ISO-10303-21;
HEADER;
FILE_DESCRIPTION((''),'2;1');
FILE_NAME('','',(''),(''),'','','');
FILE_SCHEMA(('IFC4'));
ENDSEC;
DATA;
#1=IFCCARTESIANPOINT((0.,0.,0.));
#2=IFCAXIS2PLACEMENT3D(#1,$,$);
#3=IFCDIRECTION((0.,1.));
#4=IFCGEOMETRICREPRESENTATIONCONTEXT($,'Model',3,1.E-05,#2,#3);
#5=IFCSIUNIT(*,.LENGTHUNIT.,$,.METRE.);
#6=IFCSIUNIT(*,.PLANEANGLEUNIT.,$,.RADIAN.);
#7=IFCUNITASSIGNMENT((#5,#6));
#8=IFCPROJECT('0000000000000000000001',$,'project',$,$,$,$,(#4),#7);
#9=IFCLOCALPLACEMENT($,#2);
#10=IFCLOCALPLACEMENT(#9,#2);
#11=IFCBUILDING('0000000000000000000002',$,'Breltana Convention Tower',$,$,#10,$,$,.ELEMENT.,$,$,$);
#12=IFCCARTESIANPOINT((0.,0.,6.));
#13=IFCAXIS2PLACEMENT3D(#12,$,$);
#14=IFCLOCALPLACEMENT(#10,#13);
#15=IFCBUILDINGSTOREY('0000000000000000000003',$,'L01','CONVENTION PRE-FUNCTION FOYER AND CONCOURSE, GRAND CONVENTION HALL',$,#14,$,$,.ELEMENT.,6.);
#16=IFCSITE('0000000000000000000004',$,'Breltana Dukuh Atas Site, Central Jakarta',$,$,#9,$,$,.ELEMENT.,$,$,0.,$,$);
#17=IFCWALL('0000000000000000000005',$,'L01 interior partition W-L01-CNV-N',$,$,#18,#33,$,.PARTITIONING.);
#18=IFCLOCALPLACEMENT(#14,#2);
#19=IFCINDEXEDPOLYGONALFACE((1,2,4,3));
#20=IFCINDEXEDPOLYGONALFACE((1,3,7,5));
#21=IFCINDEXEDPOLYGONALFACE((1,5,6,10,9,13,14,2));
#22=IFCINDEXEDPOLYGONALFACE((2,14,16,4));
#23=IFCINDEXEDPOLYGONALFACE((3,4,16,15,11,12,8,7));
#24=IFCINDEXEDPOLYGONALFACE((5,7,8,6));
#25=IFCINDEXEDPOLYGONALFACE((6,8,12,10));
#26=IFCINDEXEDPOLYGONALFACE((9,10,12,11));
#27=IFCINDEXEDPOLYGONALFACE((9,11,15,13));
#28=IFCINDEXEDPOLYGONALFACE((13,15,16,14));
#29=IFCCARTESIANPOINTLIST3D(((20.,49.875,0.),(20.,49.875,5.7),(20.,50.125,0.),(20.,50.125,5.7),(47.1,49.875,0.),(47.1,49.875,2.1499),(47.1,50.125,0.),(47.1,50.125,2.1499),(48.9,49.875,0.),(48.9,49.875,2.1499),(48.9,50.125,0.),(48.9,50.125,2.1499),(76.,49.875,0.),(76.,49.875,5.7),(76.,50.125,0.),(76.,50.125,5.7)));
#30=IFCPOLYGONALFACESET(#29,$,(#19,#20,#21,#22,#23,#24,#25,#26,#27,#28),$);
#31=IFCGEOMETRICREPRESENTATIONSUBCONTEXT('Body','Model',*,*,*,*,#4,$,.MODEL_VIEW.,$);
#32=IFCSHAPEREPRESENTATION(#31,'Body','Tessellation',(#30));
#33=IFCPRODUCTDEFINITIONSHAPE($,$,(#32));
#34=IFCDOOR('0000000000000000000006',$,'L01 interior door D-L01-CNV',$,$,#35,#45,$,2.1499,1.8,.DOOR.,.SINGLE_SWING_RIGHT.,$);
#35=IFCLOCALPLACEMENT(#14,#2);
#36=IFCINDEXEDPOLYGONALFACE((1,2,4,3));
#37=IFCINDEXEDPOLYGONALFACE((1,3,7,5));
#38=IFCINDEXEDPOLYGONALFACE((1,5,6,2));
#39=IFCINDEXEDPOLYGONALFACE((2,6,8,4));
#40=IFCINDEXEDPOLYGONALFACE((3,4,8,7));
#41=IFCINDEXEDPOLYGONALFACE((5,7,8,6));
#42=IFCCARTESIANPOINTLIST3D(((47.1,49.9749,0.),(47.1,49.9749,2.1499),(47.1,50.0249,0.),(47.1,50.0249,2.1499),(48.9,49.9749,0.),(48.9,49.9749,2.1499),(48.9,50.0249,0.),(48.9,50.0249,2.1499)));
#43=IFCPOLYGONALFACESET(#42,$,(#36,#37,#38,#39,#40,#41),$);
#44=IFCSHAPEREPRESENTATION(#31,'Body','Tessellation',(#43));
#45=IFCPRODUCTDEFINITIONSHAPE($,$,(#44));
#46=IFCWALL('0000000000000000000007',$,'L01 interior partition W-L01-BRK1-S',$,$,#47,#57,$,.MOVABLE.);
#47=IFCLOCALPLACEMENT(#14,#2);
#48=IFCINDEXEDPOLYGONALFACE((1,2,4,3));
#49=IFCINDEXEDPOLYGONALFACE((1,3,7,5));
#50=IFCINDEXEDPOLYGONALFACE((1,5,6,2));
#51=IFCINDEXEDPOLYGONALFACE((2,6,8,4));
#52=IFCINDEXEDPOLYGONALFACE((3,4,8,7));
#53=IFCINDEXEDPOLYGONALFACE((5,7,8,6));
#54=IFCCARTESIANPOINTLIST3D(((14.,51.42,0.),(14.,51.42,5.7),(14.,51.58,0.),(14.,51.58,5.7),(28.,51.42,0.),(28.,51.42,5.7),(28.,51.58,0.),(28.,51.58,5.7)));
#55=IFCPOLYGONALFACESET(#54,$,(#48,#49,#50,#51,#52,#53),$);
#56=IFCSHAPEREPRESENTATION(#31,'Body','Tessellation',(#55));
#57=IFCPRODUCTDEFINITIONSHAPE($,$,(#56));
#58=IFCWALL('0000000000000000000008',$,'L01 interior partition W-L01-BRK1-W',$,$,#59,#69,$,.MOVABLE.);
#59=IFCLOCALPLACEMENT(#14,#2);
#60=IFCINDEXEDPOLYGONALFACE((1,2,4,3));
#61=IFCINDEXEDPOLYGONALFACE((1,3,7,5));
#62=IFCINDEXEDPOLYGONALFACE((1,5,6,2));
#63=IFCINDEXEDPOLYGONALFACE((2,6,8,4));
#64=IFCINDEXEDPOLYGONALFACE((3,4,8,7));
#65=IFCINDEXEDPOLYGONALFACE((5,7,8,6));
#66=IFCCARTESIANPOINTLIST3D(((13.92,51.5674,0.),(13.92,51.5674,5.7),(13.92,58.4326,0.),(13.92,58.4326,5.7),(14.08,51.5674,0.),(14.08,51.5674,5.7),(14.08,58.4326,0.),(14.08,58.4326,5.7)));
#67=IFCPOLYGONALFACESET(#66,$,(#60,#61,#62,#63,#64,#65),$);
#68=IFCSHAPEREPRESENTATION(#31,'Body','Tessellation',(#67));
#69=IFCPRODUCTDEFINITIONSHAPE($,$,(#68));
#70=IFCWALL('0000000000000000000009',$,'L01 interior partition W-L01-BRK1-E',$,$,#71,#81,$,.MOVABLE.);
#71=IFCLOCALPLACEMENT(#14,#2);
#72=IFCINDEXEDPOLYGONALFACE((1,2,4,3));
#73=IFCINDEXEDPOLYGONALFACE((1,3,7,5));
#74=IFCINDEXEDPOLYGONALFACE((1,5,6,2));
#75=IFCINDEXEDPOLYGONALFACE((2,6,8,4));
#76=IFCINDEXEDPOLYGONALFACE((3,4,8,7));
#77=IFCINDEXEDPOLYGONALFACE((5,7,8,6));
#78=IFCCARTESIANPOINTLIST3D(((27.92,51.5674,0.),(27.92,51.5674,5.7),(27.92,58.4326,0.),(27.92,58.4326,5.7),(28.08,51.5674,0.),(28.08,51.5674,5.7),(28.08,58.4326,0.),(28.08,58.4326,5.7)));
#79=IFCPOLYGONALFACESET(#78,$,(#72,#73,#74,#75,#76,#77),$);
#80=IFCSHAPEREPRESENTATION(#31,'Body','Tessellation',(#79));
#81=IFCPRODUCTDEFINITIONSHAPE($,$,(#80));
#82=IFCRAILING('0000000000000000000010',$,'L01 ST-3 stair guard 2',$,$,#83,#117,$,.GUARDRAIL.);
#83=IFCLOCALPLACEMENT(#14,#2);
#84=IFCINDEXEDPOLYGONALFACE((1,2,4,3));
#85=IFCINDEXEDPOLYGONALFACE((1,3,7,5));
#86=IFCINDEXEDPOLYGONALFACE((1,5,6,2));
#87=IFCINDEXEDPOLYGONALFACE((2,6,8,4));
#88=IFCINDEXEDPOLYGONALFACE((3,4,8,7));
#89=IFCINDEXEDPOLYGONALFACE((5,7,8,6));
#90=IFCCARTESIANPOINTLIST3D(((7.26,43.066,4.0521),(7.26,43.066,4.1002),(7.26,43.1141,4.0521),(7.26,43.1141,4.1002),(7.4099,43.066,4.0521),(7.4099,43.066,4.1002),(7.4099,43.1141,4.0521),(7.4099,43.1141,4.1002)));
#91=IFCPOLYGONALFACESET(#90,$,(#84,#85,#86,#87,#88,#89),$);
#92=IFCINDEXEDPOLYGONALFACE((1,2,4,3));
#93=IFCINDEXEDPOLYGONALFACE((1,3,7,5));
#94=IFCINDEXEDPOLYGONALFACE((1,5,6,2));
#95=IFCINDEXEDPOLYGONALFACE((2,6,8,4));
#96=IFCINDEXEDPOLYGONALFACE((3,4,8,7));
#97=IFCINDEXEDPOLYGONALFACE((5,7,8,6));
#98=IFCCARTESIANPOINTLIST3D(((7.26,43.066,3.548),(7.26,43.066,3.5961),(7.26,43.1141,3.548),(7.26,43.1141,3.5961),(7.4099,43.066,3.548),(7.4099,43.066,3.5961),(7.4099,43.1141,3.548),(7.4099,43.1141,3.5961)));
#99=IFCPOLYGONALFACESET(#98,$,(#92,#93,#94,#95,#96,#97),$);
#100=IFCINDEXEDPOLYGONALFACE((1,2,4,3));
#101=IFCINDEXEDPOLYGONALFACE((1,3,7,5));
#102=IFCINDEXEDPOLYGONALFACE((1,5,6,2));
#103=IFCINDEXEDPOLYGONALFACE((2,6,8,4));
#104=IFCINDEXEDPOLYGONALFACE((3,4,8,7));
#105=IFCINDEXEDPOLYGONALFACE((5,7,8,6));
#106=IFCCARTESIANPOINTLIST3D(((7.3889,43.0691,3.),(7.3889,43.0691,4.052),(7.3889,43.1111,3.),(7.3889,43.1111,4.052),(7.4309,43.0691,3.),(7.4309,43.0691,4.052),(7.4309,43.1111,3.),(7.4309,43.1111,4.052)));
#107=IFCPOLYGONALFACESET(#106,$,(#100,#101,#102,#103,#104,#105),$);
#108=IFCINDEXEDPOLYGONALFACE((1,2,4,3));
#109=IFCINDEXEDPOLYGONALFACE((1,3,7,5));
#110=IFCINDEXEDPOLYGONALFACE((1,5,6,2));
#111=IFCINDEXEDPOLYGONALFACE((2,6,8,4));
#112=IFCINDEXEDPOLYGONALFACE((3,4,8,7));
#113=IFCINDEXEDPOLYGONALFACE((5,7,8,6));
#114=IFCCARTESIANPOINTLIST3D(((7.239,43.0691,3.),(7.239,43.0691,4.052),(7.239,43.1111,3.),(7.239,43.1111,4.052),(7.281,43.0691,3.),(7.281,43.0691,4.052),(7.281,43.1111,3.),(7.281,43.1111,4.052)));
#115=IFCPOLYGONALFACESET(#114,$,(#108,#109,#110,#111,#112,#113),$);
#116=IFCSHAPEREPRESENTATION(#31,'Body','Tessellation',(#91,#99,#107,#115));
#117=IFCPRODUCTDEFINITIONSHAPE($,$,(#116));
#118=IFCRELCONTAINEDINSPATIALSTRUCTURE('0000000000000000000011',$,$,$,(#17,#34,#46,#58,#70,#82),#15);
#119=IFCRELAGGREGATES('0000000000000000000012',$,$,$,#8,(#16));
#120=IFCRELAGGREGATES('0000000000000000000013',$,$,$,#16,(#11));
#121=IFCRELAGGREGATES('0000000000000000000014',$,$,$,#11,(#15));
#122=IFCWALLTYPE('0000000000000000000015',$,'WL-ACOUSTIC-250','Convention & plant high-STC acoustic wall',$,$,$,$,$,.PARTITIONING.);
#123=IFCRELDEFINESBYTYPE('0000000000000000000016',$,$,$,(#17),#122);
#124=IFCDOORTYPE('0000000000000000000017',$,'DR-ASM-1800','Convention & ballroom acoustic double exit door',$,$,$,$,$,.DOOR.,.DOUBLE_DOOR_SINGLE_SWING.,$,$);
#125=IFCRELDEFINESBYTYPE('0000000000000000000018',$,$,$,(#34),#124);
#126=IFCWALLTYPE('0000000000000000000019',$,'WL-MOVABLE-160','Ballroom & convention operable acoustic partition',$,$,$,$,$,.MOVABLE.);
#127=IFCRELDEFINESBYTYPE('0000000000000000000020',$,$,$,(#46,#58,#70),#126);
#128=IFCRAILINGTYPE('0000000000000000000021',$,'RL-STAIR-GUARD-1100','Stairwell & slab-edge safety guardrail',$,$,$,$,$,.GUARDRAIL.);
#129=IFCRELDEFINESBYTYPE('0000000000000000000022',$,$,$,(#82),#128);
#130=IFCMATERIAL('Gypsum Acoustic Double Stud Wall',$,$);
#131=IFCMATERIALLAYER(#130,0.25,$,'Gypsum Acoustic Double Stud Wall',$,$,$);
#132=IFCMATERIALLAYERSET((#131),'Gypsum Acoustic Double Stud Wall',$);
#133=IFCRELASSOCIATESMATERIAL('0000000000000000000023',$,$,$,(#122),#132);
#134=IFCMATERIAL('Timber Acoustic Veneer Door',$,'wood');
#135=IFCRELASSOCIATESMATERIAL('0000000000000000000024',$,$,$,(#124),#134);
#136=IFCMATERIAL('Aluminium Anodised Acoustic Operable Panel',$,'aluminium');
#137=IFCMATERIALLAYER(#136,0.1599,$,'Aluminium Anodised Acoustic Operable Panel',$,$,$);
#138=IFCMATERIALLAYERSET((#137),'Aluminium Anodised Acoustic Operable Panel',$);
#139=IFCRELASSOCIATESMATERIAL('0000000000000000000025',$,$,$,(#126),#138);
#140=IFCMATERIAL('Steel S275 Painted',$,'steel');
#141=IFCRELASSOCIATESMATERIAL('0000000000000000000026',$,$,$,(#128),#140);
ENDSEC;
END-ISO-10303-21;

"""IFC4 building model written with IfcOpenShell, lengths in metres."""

from ifc_helpers import new_model, si_unit, direction, frame, frame_2d, origin, origin_2d, place, context, subcontext, project, spatial, rectangle, extrude, source, transform, mapped, material, layer, layer_set, type_object, type_shapes, element, fill, save


model = new_model("IFC4")

# Units and contexts
model_context = context("Model", 3, precision=1e-05, world=origin(), true_north=direction((0.0, 1.0)))
body_context = subcontext(model_context, "Body", "Model", "MODEL_VIEW")
ifc_project = project(units=[si_unit("LENGTHUNIT", "METRE"), si_unit("PLANEANGLEUNIT", "RADIAN")], contexts=[model_context])

# Site, building, storey
site_placement = place(None, origin())
site = spatial("IfcSite", under=ifc_project, at=site_placement, Name="Breltana Dukuh Atas Site, Central Jakarta", CompositionType="ELEMENT", RefElevation=0.0)
building_placement = place(site_placement, origin())
building = spatial("IfcBuilding", under=site, at=building_placement, Name="Breltana Convention Tower", CompositionType="ELEMENT")
storey_placement = place(building_placement, frame((0.0, 0.0, 6.0)))
storey = spatial("IfcBuildingStorey", under=building, at=storey_placement, Name="L01", Description="CONVENTION PRE-FUNCTION FOYER AND CONCOURSE, GRAND CONVENTION HALL", CompositionType="ELEMENT", Elevation=6.0)

# Wall, opening, door
ifc_material_1 = material(Name="Gypsum Acoustic Double Stud Wall")
ifc_layer_1 = layer(ifc_material_1, 0.25, Name="Gypsum Acoustic Double Stud Wall")
ifc_layer_set_1 = layer_set([ifc_layer_1], Name="Gypsum Acoustic Double Stud Wall")
wall_type_1 = type_object("IfcWallType", Name="WL-ACOUSTIC-250", Description="Convention & plant high-STC acoustic wall", PredefinedType="PARTITIONING", material=ifc_layer_set_1)
shared_shape_1 = source(origin(), body_context, "Body", "SweptSolid", [
    extrude(rectangle(XDim=56.0, YDim=0.25, at=frame_2d((28.0, 0.0))), origin(), (0.0, 0.0, 1.0), 5.7),
])
wall_1_placement = place(storey_placement, frame((20.0, 50.0, 0.0), z_axis=(0.0, 0.0, 1.0), x_axis=(1.0, 0.0, 0.0)))
wall_1 = element("IfcWall", 1, at=wall_1_placement, inside=storey, type_object=wall_type_1, Name="L01 interior partition W-L01-CNV-N", PredefinedType="PARTITIONING", context=body_context, shape_type="MappedRepresentation", body=[
    mapped(shared_shape_1, transform((0.0, 0.0, 0.0), scale=1.0)),
])
opening_1_placement = place(wall_1_placement, frame((27.1001, 0.0, 0.0)))
opening_1 = element("IfcOpeningElement", 2, at=opening_1_placement, cuts=wall_1, PredefinedType="OPENING", context=body_context, shape_type="SweptSolid", body=[
    extrude(rectangle(XDim=1.8, YDim=2.1499, at=frame_2d((0.8999, 1.075))), frame((0.0, 0.135, 0.0), z_axis=(0.0, -1.0, 0.0), x_axis=(1.0, 0.0, 0.0)), (0.0, 0.0, 1.0), 0.27),
])
ifc_material_2 = material(Name="Timber Acoustic Veneer Door", Category="wood")
door_type = type_object("IfcDoorType", Name="DR-ASM-1800", Description="Convention & ballroom acoustic double exit door", OperationType="DOUBLE_DOOR_SINGLE_SWING", PredefinedType="DOOR", material=ifc_material_2)
shared_shape_2 = source(origin(), body_context, "Body", "SweptSolid", [
    extrude(rectangle(XDim=1.8, YDim=2.1499, at=frame_2d((0.8999, 1.075))), frame((0.0, 0.0249, 0.0), z_axis=(0.0, -1.0, 0.0), x_axis=(1.0, 0.0, 0.0)), (0.0, 0.0, 1.0), 0.05),
])
type_shapes(door_type, [shared_shape_2])
door_placement = place(opening_1_placement, origin())
door = element("IfcDoor", 3, at=door_placement, inside=storey, type_object=door_type, Name="L01 interior door D-L01-CNV", OperationType="SINGLE_SWING_RIGHT", OverallHeight=2.1499, OverallWidth=1.8, PredefinedType="DOOR", context=body_context, shape_type="MappedRepresentation", body=[
    mapped(shared_shape_2, transform((0.0, 0.0, 0.0), scale=1.0)),
])
fill(opening_1, door)

# Walls
ifc_material_3 = material(Name="Aluminium Anodised Acoustic Operable Panel", Category="aluminium")
ifc_layer_2 = layer(ifc_material_3, 0.1599, Name="Aluminium Anodised Acoustic Operable Panel")
ifc_layer_set_2 = layer_set([ifc_layer_2], Name="Aluminium Anodised Acoustic Operable Panel")
wall_type_2 = type_object("IfcWallType", Name="WL-MOVABLE-160", Description="Ballroom & convention operable acoustic partition", PredefinedType="MOVABLE", material=ifc_layer_set_2)
shared_shape_3 = source(origin(), body_context, "Body", "SweptSolid", [
    extrude(rectangle(XDim=14.0, YDim=0.1599, at=frame_2d((7.0, 0.0))), origin(), (0.0, 0.0, 1.0), 5.7),
])
type_shapes(wall_type_2, [shared_shape_3])
wall_2_placement = place(storey_placement, frame((14.0, 51.5, 0.0), z_axis=(0.0, 0.0, 1.0), x_axis=(1.0, 0.0, 0.0)))
element("IfcWall", 4, at=wall_2_placement, inside=storey, type_object=wall_type_2, Name="L01 interior partition W-L01-BRK1-S", PredefinedType="MOVABLE", context=body_context, shape_type="MappedRepresentation", body=[
    mapped(shared_shape_3, transform((0.0, 0.0, 0.0), scale=1.0)),
])
shared_shape_4 = source(origin(), body_context, "Body", "SweptSolid", [
    extrude(rectangle(XDim=6.8652, YDim=0.1599, at=frame_2d((3.4326, 0.0))), origin(), (0.0, 0.0, 1.0), 5.7),
])
for number, where, z_axis, x_axis, name in (
    (5, (14.0, 51.5674, 0.0), (0.0, 0.0, 1.0), (0.0, 1.0, 0.0), "L01 interior partition W-L01-BRK1-W"),
    (6, (28.0, 51.5674, 0.0), (0.0, 0.0, 1.0), (0.0, 1.0, 0.0), "L01 interior partition W-L01-BRK1-E"),
):
    element("IfcWall", number, at=place(storey_placement, frame(where, z_axis=z_axis, x_axis=x_axis)), inside=storey, type_object=wall_type_2, Name=name, PredefinedType="MOVABLE", context=body_context, shape_type="MappedRepresentation", body=[
        mapped(shared_shape_4, transform((0.0, 0.0, 0.0), scale=1.0)),
    ])

# Railing
ifc_material_4 = material(Name="Steel S275 Painted", Category="steel")
railing_type = type_object("IfcRailingType", Name="RL-STAIR-GUARD-1100", Description="Stairwell & slab-edge safety guardrail", PredefinedType="GUARDRAIL", material=ifc_material_4)
railing_placement = place(storey_placement, frame((7.4099, 43.0901, 3.0)))
element("IfcRailing", 7, at=railing_placement, inside=storey, type_object=railing_type, Name="L01 ST-3 stair guard 2", PredefinedType="GUARDRAIL", context=body_context, shape_type="SweptSolid", body=[
    extrude(rectangle(XDim=0.0481, YDim=0.0481, at=origin_2d()), frame((0.0, 0.0, 1.0762), z_axis=(-1.0, 0.0, 0.0), x_axis=(0.0, -1.0, 0.0)), (0.0, 0.0, 1.0), 0.1499),
    extrude(rectangle(XDim=0.0481, YDim=0.0481, at=origin_2d()), frame((0.0, 0.0, 0.572), z_axis=(-1.0, 0.0, 0.0), x_axis=(0.0, -1.0, 0.0)), (0.0, 0.0, 1.0), 0.1499),
    extrude(rectangle(XDim=0.042, YDim=0.042, at=origin_2d()), origin(), (0.0, 0.0, 1.0), 1.052),
    extrude(rectangle(XDim=0.042, YDim=0.042, at=origin_2d()), frame((-0.1499, 0.0, 0.0)), (0.0, 0.0, 1.0), 1.052),
])

save(model, "model.ifc")
